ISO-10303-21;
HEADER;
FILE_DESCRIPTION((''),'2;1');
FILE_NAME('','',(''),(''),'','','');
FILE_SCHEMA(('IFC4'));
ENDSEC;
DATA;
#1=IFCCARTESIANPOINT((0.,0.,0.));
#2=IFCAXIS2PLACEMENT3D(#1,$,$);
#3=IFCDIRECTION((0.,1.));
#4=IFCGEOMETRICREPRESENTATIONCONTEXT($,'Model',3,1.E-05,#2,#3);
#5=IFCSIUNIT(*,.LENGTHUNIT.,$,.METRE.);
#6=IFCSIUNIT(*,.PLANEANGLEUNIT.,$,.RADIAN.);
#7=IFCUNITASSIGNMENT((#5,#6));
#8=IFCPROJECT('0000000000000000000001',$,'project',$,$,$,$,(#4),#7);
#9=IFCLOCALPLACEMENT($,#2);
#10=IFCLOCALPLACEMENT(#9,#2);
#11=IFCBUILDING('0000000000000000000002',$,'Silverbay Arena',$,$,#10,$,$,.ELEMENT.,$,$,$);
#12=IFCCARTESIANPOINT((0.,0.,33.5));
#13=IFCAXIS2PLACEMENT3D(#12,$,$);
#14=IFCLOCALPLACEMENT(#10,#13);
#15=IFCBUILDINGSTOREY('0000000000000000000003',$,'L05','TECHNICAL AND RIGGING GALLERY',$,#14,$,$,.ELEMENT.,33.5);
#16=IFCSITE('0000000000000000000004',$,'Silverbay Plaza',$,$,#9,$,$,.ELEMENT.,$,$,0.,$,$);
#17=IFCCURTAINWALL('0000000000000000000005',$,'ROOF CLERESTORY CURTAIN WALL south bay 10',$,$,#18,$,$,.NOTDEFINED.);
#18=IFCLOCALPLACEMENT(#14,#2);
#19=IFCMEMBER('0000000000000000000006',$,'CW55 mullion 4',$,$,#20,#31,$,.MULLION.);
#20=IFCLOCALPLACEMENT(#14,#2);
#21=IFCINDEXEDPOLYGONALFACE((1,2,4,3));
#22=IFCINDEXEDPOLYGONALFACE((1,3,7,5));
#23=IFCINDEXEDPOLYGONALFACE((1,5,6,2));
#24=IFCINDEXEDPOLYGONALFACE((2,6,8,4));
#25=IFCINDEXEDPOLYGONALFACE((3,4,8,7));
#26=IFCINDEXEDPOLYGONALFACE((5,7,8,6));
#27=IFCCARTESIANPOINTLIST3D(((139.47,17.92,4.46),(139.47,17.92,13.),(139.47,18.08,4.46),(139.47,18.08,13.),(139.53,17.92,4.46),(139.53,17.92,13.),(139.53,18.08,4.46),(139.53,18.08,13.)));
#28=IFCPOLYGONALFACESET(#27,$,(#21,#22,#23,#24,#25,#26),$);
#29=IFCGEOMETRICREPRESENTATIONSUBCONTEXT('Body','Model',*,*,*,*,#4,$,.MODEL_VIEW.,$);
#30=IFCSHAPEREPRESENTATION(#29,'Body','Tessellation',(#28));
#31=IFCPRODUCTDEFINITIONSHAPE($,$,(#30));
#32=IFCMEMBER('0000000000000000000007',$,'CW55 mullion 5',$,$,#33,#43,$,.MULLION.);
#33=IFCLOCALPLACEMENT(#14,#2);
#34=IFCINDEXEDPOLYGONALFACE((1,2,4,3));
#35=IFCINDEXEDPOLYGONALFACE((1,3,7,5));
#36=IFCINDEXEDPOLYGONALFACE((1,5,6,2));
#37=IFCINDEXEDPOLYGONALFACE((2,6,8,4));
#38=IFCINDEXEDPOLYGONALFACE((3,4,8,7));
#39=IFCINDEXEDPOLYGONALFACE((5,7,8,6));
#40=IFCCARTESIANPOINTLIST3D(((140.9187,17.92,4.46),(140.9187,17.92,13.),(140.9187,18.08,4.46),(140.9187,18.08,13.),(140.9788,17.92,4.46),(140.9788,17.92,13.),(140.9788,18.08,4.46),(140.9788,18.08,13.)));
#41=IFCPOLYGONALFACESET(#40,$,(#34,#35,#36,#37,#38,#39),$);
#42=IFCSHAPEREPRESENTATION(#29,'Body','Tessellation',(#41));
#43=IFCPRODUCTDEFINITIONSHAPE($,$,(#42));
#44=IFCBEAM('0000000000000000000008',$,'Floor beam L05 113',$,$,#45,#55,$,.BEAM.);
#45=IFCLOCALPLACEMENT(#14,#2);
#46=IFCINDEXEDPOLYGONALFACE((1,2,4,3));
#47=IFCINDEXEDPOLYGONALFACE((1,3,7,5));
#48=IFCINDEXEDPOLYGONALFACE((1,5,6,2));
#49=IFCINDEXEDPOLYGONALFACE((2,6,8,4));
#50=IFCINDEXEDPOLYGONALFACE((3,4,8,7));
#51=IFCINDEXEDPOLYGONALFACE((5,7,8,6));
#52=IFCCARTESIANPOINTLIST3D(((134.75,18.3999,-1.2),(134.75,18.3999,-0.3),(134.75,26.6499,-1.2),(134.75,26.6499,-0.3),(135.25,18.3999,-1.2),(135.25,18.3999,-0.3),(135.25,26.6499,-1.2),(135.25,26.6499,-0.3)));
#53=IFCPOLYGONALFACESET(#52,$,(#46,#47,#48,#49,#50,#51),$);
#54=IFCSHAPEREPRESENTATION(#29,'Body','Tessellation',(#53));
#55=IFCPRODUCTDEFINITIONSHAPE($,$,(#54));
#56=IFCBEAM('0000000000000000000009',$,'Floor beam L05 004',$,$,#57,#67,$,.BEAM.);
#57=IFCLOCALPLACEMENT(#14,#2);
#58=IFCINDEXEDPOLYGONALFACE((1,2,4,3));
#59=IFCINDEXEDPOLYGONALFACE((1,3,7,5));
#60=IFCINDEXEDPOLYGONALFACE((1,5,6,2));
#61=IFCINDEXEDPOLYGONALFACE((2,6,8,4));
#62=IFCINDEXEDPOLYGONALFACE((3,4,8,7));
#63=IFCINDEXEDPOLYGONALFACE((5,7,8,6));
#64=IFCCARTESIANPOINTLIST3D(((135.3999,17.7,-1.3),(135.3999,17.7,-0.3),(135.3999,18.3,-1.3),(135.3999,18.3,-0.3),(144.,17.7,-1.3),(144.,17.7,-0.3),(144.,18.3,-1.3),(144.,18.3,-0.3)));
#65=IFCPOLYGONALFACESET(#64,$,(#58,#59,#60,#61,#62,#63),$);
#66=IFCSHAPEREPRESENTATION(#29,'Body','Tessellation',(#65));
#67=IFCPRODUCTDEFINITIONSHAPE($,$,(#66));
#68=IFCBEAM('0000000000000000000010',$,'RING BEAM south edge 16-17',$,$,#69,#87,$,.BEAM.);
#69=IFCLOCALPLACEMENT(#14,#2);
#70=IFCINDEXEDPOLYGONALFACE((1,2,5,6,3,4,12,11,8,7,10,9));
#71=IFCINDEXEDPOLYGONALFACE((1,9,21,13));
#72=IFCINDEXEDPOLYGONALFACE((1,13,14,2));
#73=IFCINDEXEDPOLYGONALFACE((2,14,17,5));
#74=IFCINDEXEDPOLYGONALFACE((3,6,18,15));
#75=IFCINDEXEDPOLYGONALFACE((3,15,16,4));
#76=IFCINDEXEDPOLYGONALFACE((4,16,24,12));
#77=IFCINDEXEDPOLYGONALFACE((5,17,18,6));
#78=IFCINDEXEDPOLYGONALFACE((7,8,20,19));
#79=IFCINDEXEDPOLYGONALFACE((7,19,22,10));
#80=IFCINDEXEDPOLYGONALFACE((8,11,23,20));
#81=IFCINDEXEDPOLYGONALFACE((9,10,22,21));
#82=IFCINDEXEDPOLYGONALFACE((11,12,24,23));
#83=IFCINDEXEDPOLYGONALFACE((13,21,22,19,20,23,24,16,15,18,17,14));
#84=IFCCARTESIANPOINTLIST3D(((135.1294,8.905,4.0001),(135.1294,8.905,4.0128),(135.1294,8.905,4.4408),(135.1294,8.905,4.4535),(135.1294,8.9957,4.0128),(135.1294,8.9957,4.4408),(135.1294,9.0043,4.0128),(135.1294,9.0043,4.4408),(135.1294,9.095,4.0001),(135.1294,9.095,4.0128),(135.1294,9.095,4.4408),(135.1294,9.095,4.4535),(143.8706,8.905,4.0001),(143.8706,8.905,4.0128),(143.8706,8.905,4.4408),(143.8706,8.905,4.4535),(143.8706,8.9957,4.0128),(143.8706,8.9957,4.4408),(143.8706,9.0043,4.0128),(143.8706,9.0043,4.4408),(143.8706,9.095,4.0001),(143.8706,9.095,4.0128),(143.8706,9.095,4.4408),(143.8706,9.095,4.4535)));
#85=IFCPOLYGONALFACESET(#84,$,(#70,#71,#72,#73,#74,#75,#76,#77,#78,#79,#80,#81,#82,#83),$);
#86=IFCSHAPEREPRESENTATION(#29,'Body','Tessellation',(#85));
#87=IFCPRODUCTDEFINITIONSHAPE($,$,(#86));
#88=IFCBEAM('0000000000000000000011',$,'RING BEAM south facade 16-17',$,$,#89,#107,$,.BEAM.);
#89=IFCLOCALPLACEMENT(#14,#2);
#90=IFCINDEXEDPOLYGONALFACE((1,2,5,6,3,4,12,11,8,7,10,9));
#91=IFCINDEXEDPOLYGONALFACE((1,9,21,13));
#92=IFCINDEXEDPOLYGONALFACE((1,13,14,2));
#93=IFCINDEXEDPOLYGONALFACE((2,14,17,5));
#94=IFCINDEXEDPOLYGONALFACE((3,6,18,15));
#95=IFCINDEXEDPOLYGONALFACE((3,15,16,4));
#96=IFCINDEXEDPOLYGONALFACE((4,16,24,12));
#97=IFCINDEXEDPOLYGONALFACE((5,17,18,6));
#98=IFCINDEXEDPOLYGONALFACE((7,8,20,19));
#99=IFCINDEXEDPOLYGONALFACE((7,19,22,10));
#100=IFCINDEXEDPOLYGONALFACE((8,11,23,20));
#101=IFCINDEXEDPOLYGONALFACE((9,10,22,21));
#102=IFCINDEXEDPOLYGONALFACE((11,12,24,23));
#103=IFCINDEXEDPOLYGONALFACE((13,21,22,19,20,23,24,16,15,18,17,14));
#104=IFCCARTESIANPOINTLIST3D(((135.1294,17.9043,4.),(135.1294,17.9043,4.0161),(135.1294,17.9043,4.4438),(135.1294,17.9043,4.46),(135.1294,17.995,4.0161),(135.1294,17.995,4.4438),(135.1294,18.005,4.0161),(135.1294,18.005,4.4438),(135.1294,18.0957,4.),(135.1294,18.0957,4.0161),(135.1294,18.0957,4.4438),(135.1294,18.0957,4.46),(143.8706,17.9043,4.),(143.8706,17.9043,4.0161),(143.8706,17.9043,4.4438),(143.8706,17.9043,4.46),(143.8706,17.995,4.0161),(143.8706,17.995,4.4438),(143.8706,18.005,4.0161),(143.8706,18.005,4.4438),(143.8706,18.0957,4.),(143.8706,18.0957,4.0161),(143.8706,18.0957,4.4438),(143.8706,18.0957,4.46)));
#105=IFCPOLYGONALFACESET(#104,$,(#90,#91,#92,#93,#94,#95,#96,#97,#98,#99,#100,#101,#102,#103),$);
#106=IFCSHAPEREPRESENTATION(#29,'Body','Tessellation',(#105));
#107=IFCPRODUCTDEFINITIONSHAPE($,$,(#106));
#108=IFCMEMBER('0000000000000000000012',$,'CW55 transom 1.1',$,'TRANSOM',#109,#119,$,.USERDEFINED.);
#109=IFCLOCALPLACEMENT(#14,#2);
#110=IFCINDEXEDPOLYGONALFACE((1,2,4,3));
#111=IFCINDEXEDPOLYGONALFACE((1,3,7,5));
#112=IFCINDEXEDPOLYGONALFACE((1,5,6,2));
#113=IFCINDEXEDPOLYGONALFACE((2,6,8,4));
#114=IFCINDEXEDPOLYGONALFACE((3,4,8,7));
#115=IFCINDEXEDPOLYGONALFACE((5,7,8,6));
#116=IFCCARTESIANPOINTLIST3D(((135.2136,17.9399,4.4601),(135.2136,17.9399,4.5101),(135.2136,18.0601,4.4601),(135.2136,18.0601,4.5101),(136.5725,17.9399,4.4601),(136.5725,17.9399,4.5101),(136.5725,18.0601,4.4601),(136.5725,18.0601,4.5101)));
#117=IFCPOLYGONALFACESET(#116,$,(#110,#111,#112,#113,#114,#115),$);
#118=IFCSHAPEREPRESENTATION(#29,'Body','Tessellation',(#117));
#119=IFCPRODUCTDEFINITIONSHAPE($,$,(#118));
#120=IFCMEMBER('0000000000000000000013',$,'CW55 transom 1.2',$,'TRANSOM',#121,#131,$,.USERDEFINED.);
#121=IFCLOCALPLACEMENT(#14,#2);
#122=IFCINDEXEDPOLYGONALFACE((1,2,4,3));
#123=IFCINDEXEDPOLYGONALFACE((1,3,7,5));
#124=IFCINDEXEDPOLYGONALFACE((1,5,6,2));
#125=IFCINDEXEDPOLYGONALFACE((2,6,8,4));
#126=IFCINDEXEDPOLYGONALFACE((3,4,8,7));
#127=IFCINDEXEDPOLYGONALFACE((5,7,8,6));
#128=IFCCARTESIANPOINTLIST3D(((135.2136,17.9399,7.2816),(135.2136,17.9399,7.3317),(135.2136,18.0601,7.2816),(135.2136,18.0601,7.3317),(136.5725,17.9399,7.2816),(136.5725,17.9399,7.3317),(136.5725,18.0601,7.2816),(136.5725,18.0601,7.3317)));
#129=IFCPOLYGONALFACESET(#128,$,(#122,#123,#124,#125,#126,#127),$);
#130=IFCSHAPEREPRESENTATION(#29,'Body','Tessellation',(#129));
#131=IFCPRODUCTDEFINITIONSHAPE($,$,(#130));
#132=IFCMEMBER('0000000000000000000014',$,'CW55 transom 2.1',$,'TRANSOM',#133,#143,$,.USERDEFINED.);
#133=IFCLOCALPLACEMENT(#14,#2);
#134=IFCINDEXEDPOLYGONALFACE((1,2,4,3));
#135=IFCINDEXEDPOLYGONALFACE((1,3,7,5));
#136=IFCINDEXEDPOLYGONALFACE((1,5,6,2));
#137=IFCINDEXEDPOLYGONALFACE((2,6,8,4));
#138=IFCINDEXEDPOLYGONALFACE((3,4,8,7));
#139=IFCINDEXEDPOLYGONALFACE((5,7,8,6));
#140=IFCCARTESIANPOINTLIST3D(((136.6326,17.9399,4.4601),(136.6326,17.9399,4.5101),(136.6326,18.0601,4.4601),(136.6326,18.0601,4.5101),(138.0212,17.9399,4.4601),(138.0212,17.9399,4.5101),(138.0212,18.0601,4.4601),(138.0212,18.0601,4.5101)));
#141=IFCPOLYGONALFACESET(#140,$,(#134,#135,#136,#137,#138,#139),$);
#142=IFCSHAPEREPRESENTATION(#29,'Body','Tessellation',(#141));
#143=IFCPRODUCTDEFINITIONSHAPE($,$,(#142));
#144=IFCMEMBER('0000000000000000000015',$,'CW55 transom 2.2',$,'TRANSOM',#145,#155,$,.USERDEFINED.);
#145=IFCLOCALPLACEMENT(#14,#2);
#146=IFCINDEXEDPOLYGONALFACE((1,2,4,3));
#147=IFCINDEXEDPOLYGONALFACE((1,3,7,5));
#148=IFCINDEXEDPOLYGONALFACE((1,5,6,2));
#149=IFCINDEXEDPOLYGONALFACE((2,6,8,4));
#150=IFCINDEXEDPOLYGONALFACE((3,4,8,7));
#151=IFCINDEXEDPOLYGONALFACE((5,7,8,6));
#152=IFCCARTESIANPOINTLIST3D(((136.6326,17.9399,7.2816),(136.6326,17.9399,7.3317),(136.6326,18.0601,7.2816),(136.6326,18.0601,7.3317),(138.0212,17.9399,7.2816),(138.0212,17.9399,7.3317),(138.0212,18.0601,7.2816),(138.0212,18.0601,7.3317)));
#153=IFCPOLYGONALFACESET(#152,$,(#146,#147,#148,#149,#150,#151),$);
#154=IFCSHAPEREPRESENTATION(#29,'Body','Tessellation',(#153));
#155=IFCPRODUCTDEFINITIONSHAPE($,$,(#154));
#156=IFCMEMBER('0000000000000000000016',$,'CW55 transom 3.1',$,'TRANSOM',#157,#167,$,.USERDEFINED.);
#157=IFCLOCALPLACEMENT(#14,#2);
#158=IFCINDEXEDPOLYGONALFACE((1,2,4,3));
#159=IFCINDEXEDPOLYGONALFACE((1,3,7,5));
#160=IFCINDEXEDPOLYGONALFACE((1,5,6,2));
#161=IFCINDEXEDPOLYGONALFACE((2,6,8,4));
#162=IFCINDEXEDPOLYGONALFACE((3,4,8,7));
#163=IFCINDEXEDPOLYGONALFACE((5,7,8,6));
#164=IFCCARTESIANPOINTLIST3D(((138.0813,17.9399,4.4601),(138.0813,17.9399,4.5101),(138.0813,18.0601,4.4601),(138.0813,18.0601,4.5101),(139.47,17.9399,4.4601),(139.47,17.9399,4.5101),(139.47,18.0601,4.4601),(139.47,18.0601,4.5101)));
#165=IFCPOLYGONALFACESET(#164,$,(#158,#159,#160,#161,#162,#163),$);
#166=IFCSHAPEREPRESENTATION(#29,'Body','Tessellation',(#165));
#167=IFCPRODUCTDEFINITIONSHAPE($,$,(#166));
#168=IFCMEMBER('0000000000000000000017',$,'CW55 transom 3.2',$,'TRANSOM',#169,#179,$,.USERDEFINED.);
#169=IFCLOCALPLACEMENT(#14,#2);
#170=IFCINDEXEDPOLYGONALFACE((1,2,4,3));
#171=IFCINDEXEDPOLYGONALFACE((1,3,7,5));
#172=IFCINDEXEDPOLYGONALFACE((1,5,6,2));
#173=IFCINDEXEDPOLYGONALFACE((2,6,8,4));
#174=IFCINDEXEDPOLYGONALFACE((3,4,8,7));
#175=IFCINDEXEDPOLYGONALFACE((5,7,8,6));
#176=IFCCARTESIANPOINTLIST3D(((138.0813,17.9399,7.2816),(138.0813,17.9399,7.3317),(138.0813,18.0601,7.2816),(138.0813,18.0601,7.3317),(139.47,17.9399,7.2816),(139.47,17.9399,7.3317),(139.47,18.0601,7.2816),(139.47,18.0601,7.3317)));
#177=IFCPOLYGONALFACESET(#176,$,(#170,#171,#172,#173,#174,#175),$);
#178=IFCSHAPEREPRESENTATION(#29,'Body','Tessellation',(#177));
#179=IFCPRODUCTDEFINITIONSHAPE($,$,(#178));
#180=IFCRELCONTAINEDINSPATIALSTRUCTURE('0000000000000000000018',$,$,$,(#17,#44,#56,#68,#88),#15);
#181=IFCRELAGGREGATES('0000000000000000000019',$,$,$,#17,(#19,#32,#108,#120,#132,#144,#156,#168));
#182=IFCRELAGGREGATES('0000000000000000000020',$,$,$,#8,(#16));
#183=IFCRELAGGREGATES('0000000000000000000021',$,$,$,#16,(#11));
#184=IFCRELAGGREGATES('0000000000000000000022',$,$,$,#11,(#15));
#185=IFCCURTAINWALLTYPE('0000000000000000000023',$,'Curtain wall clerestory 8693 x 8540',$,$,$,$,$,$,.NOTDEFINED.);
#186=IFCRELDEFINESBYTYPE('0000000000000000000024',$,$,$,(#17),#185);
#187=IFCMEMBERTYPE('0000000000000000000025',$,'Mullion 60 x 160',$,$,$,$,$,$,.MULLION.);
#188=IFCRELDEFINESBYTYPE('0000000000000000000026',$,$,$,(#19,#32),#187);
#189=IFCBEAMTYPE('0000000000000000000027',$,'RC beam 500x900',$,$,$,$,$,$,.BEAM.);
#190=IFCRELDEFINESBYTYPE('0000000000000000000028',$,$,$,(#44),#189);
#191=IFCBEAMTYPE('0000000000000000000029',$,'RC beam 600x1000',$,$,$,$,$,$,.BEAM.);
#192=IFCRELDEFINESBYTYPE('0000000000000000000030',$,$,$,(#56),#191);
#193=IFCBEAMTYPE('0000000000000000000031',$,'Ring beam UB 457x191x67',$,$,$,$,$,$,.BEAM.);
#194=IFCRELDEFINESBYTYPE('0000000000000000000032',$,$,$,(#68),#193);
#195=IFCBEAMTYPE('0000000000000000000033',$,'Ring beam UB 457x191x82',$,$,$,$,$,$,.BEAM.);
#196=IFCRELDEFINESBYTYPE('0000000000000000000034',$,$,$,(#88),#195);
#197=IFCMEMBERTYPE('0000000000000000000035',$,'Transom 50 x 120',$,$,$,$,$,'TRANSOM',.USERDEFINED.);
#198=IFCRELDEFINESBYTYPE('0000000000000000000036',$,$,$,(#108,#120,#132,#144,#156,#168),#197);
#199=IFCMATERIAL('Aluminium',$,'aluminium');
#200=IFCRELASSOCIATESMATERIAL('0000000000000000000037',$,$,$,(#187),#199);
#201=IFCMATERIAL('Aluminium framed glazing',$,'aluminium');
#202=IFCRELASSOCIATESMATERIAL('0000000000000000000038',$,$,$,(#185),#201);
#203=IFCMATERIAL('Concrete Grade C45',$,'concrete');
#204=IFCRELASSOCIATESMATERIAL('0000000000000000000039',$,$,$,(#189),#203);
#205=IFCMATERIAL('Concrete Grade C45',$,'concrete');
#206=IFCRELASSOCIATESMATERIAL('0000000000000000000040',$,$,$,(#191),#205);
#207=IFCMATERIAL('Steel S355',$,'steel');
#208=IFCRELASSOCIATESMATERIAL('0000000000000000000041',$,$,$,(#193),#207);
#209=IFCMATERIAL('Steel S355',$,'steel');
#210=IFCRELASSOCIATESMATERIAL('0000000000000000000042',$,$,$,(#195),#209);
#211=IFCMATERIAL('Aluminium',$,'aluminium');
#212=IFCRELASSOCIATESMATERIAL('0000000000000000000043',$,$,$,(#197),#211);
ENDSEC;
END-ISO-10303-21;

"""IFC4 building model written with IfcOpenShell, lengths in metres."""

from ifc_helpers import new_model, si_unit, direction, frame, origin, origin_2d, place, context, subcontext, project, spatial, rectangle, i_section, extrude, material, material_profile, profile_set, type_object, element, aggregate, save


model = new_model("IFC4")

# Units and contexts
model_context = context("Model", 3, precision=1e-05, world=origin(), true_north=direction((0.0, 1.0)))
body_context = subcontext(model_context, "Body", "Model", "MODEL_VIEW")
ifc_project = project(units=[si_unit("LENGTHUNIT", "METRE"), si_unit("PLANEANGLEUNIT", "RADIAN")], contexts=[model_context])

# Site, building, storey
site_placement = place(None, origin())
site = spatial("IfcSite", under=ifc_project, at=site_placement, Name="Silverbay Plaza", CompositionType="ELEMENT", RefElevation=0.0)
building_placement = place(site_placement, origin())
building = spatial("IfcBuilding", under=site, at=building_placement, Name="Silverbay Arena", CompositionType="ELEMENT")
storey_placement = place(building_placement, frame((0.0, 0.0, 33.5)))
storey = spatial("IfcBuildingStorey", under=building, at=storey_placement, Name="L05", Description="TECHNICAL AND RIGGING GALLERY", CompositionType="ELEMENT", Elevation=33.5)

# Shared definitions
ifc_material_1 = material(Name="Aluminium", Category="aluminium")
ifc_material_profile_1 = material_profile(ifc_material_1, rectangle(XDim=0.1599, YDim=0.0601, at=origin_2d()), Name="Mullion 60 x 160")
ifc_profile_set_1 = profile_set([ifc_material_profile_1], Name="Aluminium")
member_type_1 = type_object("IfcMemberType", Name="Mullion 60 x 160", PredefinedType="MULLION", material=ifc_profile_set_1)

# Curtain wall, members
ifc_material_2 = material(Name="Aluminium framed glazing", Category="aluminium")
curtain_wall_type_1 = type_object("IfcCurtainWallType", Name="Curtain wall clerestory 8693 x 8540", PredefinedType="NOTDEFINED", material=ifc_material_2)
curtain_wall_1_placement = place(storey_placement, origin())
curtain_wall_1 = element("IfcCurtainWall", 1, at=curtain_wall_1_placement, inside=storey, type_object=curtain_wall_type_1, Name="ROOF CLERESTORY CURTAIN WALL south bay 10", PredefinedType="NOTDEFINED")
member_1_placement = place(storey_placement, frame((139.5, 18.0, 4.46), z_axis=(0.0, 0.0, 1.0), x_axis=(0.0, 1.0, 0.0)))
member_1 = element("IfcMember", 2, at=member_1_placement, type_object=member_type_1, Name="CW55 mullion 4", PredefinedType="MULLION", context=body_context, shape_type="SweptSolid", body=[
    extrude(rectangle(XDim=0.1599, YDim=0.0601, at=origin_2d()), origin(), (0.0, 0.0, 1.0), 8.54),
])
member_2_placement = place(storey_placement, frame((140.9487, 18.0, 4.46), z_axis=(0.0, 0.0, 1.0), x_axis=(0.0, 1.0, 0.0)))
member_2 = element("IfcMember", 3, at=member_2_placement, type_object=member_type_1, Name="CW55 mullion 5", PredefinedType="MULLION", context=body_context, shape_type="SweptSolid", body=[
    extrude(rectangle(XDim=0.1599, YDim=0.0601, at=origin_2d()), origin(), (0.0, 0.0, 1.0), 8.54),
])

# Beams
ifc_material_3 = material(Name="Concrete Grade C45", Category="concrete")
ifc_material_profile_2 = material_profile(ifc_material_3, rectangle(XDim=0.5, YDim=0.8999, at=origin_2d()), Name="RC 500x900")
ifc_profile_set_2 = profile_set([ifc_material_profile_2], Name="Concrete Grade C45")
beam_type_1 = type_object("IfcBeamType", Name="RC beam 500x900", PredefinedType="BEAM", material=ifc_profile_set_2)
beam_1_placement = place(storey_placement, frame((135.0, 18.3999, -0.75), z_axis=(0.0, 1.0, 0.0), x_axis=(-1.0, 0.0, 0.0)))
element("IfcBeam", 4, at=beam_1_placement, inside=storey, type_object=beam_type_1, Name="Floor beam L05 113", PredefinedType="BEAM", context=body_context, shape_type="SweptSolid", body=[
    extrude(rectangle(XDim=0.5, YDim=0.8999, at=origin_2d()), origin(), (0.0, 0.0, 1.0), 8.25),
])
ifc_material_4 = material(Name="Concrete Grade C45", Category="concrete")
ifc_material_profile_3 = material_profile(ifc_material_4, rectangle(XDim=0.6001, YDim=1.0, at=origin_2d()), Name="RC 600x1000")
ifc_profile_set_3 = profile_set([ifc_material_profile_3], Name="Concrete Grade C45")
beam_type_2 = type_object("IfcBeamType", Name="RC beam 600x1000", PredefinedType="BEAM", material=ifc_profile_set_3)
beam_2_placement = place(storey_placement, frame((135.3999, 18.0, -0.8), z_axis=(1.0, 0.0, 0.0), x_axis=(0.0, 1.0, 0.0)))
element("IfcBeam", 5, at=beam_2_placement, inside=storey, type_object=beam_type_2, Name="Floor beam L05 004", PredefinedType="BEAM", context=body_context, shape_type="SweptSolid", body=[
    extrude(rectangle(XDim=0.6001, YDim=1.0, at=origin_2d()), origin(), (0.0, 0.0, 1.0), 8.6001),
])
ifc_material_5 = material(Name="Steel S355", Category="steel")
ifc_material_profile_4 = material_profile(ifc_material_5, i_section(OverallWidth=0.1899, OverallDepth=0.4534, WebThickness=0.0085, FlangeThickness=0.0127, at=origin_2d()), Name="UB 457x191x67")
ifc_profile_set_4 = profile_set([ifc_material_profile_4], Name="Steel S355")
beam_type_3 = type_object("IfcBeamType", Name="Ring beam UB 457x191x67", PredefinedType="BEAM", material=ifc_profile_set_4)
beam_3_placement = place(storey_placement, frame((135.1294, 9.0, 4.2268), z_axis=(1.0, 0.0, 0.0), x_axis=(0.0, 1.0, 0.0)))
element("IfcBeam", 6, at=beam_3_placement, inside=storey, type_object=beam_type_3, Name="RING BEAM south edge 16-17", PredefinedType="BEAM", context=body_context, shape_type="SweptSolid", body=[
    extrude(i_section(OverallWidth=0.1899, OverallDepth=0.4534, WebThickness=0.0085, FlangeThickness=0.0127, at=origin_2d()), origin(), (0.0, 0.0, 1.0), 8.7412),
])
ifc_material_6 = material(Name="Steel S355", Category="steel")
ifc_material_profile_5 = material_profile(ifc_material_6, i_section(OverallWidth=0.1914, OverallDepth=0.46, WebThickness=0.01, FlangeThickness=0.0161, at=origin_2d()), Name="UB 457x191x82")
ifc_profile_set_5 = profile_set([ifc_material_profile_5], Name="Steel S355")
beam_type_4 = type_object("IfcBeamType", Name="Ring beam UB 457x191x82", PredefinedType="BEAM", material=ifc_profile_set_5)
beam_4_placement = place(storey_placement, frame((135.1294, 18.0, 4.23), z_axis=(1.0, 0.0, 0.0), x_axis=(0.0, 1.0, 0.0)))
element("IfcBeam", 7, at=beam_4_placement, inside=storey, type_object=beam_type_4, Name="RING BEAM south facade 16-17", PredefinedType="BEAM", context=body_context, shape_type="SweptSolid", body=[
    extrude(i_section(OverallWidth=0.1914, OverallDepth=0.46, WebThickness=0.01, FlangeThickness=0.0161, at=origin_2d()), origin(), (0.0, 0.0, 1.0), 8.7412),
])

# Members
ifc_material_7 = material(Name="Aluminium", Category="aluminium")
ifc_material_profile_6 = material_profile(ifc_material_7, rectangle(XDim=0.1201, YDim=0.05, at=origin_2d()), Name="Transom 50 x 120")
ifc_profile_set_6 = profile_set([ifc_material_profile_6], Name="Aluminium")
member_type_2 = type_object("IfcMemberType", Name="Transom 50 x 120", ElementType="TRANSOM", PredefinedType="USERDEFINED", material=ifc_profile_set_6)
member_3_placement = place(storey_placement, frame((135.2136, 18.0, 4.4851), z_axis=(1.0, 0.0, 0.0), x_axis=(0.0, 1.0, 0.0)))
member_3 = element("IfcMember", 8, at=member_3_placement, type_object=member_type_2, Name="CW55 transom 1.1", ObjectType="TRANSOM", PredefinedType="USERDEFINED", context=body_context, shape_type="SweptSolid", body=[
    extrude(rectangle(XDim=0.1201, YDim=0.05, at=origin_2d()), origin(), (0.0, 0.0, 1.0), 1.3589),
])
member_4_placement = place(storey_placement, frame((135.2136, 18.0, 7.3066), z_axis=(1.0, 0.0, 0.0), x_axis=(0.0, 1.0, 0.0)))
member_4 = element("IfcMember", 9, at=member_4_placement, type_object=member_type_2, Name="CW55 transom 1.2", ObjectType="TRANSOM", PredefinedType="USERDEFINED", context=body_context, shape_type="SweptSolid", body=[
    extrude(rectangle(XDim=0.1201, YDim=0.05, at=origin_2d()), origin(), (0.0, 0.0, 1.0), 1.3589),
])
member_5_placement = place(storey_placement, frame((136.6326, 18.0, 4.4851), z_axis=(1.0, 0.0, 0.0), x_axis=(0.0, 1.0, 0.0)))
member_5 = element("IfcMember", 10, at=member_5_placement, type_object=member_type_2, Name="CW55 transom 2.1", ObjectType="TRANSOM", PredefinedType="USERDEFINED", context=body_context, shape_type="SweptSolid", body=[
    extrude(rectangle(XDim=0.1201, YDim=0.05, at=origin_2d()), origin(), (0.0, 0.0, 1.0), 1.3887),
])
member_6_placement = place(storey_placement, frame((136.6326, 18.0, 7.3066), z_axis=(1.0, 0.0, 0.0), x_axis=(0.0, 1.0, 0.0)))
member_6 = element("IfcMember", 11, at=member_6_placement, type_object=member_type_2, Name="CW55 transom 2.2", ObjectType="TRANSOM", PredefinedType="USERDEFINED", context=body_context, shape_type="SweptSolid", body=[
    extrude(rectangle(XDim=0.1201, YDim=0.05, at=origin_2d()), origin(), (0.0, 0.0, 1.0), 1.3887),
])
member_7_placement = place(storey_placement, frame((138.0813, 18.0, 4.4851), z_axis=(1.0, 0.0, 0.0), x_axis=(0.0, 1.0, 0.0)))
member_7 = element("IfcMember", 12, at=member_7_placement, type_object=member_type_2, Name="CW55 transom 3.1", ObjectType="TRANSOM", PredefinedType="USERDEFINED", context=body_context, shape_type="SweptSolid", body=[
    extrude(rectangle(XDim=0.1201, YDim=0.05, at=origin_2d()), origin(), (0.0, 0.0, 1.0), 1.3887),
])
member_8_placement = place(storey_placement, frame((138.0813, 18.0, 7.3066), z_axis=(1.0, 0.0, 0.0), x_axis=(0.0, 1.0, 0.0)))
member_8 = element("IfcMember", 13, at=member_8_placement, type_object=member_type_2, Name="CW55 transom 3.2", ObjectType="TRANSOM", PredefinedType="USERDEFINED", context=body_context, shape_type="SweptSolid", body=[
    extrude(rectangle(XDim=0.1201, YDim=0.05, at=origin_2d()), origin(), (0.0, 0.0, 1.0), 1.3887),
])

aggregate(curtain_wall_1, [member_1, member_2, member_3, member_4, member_5, member_6, member_7, member_8])

save(model, "model.ifc")
